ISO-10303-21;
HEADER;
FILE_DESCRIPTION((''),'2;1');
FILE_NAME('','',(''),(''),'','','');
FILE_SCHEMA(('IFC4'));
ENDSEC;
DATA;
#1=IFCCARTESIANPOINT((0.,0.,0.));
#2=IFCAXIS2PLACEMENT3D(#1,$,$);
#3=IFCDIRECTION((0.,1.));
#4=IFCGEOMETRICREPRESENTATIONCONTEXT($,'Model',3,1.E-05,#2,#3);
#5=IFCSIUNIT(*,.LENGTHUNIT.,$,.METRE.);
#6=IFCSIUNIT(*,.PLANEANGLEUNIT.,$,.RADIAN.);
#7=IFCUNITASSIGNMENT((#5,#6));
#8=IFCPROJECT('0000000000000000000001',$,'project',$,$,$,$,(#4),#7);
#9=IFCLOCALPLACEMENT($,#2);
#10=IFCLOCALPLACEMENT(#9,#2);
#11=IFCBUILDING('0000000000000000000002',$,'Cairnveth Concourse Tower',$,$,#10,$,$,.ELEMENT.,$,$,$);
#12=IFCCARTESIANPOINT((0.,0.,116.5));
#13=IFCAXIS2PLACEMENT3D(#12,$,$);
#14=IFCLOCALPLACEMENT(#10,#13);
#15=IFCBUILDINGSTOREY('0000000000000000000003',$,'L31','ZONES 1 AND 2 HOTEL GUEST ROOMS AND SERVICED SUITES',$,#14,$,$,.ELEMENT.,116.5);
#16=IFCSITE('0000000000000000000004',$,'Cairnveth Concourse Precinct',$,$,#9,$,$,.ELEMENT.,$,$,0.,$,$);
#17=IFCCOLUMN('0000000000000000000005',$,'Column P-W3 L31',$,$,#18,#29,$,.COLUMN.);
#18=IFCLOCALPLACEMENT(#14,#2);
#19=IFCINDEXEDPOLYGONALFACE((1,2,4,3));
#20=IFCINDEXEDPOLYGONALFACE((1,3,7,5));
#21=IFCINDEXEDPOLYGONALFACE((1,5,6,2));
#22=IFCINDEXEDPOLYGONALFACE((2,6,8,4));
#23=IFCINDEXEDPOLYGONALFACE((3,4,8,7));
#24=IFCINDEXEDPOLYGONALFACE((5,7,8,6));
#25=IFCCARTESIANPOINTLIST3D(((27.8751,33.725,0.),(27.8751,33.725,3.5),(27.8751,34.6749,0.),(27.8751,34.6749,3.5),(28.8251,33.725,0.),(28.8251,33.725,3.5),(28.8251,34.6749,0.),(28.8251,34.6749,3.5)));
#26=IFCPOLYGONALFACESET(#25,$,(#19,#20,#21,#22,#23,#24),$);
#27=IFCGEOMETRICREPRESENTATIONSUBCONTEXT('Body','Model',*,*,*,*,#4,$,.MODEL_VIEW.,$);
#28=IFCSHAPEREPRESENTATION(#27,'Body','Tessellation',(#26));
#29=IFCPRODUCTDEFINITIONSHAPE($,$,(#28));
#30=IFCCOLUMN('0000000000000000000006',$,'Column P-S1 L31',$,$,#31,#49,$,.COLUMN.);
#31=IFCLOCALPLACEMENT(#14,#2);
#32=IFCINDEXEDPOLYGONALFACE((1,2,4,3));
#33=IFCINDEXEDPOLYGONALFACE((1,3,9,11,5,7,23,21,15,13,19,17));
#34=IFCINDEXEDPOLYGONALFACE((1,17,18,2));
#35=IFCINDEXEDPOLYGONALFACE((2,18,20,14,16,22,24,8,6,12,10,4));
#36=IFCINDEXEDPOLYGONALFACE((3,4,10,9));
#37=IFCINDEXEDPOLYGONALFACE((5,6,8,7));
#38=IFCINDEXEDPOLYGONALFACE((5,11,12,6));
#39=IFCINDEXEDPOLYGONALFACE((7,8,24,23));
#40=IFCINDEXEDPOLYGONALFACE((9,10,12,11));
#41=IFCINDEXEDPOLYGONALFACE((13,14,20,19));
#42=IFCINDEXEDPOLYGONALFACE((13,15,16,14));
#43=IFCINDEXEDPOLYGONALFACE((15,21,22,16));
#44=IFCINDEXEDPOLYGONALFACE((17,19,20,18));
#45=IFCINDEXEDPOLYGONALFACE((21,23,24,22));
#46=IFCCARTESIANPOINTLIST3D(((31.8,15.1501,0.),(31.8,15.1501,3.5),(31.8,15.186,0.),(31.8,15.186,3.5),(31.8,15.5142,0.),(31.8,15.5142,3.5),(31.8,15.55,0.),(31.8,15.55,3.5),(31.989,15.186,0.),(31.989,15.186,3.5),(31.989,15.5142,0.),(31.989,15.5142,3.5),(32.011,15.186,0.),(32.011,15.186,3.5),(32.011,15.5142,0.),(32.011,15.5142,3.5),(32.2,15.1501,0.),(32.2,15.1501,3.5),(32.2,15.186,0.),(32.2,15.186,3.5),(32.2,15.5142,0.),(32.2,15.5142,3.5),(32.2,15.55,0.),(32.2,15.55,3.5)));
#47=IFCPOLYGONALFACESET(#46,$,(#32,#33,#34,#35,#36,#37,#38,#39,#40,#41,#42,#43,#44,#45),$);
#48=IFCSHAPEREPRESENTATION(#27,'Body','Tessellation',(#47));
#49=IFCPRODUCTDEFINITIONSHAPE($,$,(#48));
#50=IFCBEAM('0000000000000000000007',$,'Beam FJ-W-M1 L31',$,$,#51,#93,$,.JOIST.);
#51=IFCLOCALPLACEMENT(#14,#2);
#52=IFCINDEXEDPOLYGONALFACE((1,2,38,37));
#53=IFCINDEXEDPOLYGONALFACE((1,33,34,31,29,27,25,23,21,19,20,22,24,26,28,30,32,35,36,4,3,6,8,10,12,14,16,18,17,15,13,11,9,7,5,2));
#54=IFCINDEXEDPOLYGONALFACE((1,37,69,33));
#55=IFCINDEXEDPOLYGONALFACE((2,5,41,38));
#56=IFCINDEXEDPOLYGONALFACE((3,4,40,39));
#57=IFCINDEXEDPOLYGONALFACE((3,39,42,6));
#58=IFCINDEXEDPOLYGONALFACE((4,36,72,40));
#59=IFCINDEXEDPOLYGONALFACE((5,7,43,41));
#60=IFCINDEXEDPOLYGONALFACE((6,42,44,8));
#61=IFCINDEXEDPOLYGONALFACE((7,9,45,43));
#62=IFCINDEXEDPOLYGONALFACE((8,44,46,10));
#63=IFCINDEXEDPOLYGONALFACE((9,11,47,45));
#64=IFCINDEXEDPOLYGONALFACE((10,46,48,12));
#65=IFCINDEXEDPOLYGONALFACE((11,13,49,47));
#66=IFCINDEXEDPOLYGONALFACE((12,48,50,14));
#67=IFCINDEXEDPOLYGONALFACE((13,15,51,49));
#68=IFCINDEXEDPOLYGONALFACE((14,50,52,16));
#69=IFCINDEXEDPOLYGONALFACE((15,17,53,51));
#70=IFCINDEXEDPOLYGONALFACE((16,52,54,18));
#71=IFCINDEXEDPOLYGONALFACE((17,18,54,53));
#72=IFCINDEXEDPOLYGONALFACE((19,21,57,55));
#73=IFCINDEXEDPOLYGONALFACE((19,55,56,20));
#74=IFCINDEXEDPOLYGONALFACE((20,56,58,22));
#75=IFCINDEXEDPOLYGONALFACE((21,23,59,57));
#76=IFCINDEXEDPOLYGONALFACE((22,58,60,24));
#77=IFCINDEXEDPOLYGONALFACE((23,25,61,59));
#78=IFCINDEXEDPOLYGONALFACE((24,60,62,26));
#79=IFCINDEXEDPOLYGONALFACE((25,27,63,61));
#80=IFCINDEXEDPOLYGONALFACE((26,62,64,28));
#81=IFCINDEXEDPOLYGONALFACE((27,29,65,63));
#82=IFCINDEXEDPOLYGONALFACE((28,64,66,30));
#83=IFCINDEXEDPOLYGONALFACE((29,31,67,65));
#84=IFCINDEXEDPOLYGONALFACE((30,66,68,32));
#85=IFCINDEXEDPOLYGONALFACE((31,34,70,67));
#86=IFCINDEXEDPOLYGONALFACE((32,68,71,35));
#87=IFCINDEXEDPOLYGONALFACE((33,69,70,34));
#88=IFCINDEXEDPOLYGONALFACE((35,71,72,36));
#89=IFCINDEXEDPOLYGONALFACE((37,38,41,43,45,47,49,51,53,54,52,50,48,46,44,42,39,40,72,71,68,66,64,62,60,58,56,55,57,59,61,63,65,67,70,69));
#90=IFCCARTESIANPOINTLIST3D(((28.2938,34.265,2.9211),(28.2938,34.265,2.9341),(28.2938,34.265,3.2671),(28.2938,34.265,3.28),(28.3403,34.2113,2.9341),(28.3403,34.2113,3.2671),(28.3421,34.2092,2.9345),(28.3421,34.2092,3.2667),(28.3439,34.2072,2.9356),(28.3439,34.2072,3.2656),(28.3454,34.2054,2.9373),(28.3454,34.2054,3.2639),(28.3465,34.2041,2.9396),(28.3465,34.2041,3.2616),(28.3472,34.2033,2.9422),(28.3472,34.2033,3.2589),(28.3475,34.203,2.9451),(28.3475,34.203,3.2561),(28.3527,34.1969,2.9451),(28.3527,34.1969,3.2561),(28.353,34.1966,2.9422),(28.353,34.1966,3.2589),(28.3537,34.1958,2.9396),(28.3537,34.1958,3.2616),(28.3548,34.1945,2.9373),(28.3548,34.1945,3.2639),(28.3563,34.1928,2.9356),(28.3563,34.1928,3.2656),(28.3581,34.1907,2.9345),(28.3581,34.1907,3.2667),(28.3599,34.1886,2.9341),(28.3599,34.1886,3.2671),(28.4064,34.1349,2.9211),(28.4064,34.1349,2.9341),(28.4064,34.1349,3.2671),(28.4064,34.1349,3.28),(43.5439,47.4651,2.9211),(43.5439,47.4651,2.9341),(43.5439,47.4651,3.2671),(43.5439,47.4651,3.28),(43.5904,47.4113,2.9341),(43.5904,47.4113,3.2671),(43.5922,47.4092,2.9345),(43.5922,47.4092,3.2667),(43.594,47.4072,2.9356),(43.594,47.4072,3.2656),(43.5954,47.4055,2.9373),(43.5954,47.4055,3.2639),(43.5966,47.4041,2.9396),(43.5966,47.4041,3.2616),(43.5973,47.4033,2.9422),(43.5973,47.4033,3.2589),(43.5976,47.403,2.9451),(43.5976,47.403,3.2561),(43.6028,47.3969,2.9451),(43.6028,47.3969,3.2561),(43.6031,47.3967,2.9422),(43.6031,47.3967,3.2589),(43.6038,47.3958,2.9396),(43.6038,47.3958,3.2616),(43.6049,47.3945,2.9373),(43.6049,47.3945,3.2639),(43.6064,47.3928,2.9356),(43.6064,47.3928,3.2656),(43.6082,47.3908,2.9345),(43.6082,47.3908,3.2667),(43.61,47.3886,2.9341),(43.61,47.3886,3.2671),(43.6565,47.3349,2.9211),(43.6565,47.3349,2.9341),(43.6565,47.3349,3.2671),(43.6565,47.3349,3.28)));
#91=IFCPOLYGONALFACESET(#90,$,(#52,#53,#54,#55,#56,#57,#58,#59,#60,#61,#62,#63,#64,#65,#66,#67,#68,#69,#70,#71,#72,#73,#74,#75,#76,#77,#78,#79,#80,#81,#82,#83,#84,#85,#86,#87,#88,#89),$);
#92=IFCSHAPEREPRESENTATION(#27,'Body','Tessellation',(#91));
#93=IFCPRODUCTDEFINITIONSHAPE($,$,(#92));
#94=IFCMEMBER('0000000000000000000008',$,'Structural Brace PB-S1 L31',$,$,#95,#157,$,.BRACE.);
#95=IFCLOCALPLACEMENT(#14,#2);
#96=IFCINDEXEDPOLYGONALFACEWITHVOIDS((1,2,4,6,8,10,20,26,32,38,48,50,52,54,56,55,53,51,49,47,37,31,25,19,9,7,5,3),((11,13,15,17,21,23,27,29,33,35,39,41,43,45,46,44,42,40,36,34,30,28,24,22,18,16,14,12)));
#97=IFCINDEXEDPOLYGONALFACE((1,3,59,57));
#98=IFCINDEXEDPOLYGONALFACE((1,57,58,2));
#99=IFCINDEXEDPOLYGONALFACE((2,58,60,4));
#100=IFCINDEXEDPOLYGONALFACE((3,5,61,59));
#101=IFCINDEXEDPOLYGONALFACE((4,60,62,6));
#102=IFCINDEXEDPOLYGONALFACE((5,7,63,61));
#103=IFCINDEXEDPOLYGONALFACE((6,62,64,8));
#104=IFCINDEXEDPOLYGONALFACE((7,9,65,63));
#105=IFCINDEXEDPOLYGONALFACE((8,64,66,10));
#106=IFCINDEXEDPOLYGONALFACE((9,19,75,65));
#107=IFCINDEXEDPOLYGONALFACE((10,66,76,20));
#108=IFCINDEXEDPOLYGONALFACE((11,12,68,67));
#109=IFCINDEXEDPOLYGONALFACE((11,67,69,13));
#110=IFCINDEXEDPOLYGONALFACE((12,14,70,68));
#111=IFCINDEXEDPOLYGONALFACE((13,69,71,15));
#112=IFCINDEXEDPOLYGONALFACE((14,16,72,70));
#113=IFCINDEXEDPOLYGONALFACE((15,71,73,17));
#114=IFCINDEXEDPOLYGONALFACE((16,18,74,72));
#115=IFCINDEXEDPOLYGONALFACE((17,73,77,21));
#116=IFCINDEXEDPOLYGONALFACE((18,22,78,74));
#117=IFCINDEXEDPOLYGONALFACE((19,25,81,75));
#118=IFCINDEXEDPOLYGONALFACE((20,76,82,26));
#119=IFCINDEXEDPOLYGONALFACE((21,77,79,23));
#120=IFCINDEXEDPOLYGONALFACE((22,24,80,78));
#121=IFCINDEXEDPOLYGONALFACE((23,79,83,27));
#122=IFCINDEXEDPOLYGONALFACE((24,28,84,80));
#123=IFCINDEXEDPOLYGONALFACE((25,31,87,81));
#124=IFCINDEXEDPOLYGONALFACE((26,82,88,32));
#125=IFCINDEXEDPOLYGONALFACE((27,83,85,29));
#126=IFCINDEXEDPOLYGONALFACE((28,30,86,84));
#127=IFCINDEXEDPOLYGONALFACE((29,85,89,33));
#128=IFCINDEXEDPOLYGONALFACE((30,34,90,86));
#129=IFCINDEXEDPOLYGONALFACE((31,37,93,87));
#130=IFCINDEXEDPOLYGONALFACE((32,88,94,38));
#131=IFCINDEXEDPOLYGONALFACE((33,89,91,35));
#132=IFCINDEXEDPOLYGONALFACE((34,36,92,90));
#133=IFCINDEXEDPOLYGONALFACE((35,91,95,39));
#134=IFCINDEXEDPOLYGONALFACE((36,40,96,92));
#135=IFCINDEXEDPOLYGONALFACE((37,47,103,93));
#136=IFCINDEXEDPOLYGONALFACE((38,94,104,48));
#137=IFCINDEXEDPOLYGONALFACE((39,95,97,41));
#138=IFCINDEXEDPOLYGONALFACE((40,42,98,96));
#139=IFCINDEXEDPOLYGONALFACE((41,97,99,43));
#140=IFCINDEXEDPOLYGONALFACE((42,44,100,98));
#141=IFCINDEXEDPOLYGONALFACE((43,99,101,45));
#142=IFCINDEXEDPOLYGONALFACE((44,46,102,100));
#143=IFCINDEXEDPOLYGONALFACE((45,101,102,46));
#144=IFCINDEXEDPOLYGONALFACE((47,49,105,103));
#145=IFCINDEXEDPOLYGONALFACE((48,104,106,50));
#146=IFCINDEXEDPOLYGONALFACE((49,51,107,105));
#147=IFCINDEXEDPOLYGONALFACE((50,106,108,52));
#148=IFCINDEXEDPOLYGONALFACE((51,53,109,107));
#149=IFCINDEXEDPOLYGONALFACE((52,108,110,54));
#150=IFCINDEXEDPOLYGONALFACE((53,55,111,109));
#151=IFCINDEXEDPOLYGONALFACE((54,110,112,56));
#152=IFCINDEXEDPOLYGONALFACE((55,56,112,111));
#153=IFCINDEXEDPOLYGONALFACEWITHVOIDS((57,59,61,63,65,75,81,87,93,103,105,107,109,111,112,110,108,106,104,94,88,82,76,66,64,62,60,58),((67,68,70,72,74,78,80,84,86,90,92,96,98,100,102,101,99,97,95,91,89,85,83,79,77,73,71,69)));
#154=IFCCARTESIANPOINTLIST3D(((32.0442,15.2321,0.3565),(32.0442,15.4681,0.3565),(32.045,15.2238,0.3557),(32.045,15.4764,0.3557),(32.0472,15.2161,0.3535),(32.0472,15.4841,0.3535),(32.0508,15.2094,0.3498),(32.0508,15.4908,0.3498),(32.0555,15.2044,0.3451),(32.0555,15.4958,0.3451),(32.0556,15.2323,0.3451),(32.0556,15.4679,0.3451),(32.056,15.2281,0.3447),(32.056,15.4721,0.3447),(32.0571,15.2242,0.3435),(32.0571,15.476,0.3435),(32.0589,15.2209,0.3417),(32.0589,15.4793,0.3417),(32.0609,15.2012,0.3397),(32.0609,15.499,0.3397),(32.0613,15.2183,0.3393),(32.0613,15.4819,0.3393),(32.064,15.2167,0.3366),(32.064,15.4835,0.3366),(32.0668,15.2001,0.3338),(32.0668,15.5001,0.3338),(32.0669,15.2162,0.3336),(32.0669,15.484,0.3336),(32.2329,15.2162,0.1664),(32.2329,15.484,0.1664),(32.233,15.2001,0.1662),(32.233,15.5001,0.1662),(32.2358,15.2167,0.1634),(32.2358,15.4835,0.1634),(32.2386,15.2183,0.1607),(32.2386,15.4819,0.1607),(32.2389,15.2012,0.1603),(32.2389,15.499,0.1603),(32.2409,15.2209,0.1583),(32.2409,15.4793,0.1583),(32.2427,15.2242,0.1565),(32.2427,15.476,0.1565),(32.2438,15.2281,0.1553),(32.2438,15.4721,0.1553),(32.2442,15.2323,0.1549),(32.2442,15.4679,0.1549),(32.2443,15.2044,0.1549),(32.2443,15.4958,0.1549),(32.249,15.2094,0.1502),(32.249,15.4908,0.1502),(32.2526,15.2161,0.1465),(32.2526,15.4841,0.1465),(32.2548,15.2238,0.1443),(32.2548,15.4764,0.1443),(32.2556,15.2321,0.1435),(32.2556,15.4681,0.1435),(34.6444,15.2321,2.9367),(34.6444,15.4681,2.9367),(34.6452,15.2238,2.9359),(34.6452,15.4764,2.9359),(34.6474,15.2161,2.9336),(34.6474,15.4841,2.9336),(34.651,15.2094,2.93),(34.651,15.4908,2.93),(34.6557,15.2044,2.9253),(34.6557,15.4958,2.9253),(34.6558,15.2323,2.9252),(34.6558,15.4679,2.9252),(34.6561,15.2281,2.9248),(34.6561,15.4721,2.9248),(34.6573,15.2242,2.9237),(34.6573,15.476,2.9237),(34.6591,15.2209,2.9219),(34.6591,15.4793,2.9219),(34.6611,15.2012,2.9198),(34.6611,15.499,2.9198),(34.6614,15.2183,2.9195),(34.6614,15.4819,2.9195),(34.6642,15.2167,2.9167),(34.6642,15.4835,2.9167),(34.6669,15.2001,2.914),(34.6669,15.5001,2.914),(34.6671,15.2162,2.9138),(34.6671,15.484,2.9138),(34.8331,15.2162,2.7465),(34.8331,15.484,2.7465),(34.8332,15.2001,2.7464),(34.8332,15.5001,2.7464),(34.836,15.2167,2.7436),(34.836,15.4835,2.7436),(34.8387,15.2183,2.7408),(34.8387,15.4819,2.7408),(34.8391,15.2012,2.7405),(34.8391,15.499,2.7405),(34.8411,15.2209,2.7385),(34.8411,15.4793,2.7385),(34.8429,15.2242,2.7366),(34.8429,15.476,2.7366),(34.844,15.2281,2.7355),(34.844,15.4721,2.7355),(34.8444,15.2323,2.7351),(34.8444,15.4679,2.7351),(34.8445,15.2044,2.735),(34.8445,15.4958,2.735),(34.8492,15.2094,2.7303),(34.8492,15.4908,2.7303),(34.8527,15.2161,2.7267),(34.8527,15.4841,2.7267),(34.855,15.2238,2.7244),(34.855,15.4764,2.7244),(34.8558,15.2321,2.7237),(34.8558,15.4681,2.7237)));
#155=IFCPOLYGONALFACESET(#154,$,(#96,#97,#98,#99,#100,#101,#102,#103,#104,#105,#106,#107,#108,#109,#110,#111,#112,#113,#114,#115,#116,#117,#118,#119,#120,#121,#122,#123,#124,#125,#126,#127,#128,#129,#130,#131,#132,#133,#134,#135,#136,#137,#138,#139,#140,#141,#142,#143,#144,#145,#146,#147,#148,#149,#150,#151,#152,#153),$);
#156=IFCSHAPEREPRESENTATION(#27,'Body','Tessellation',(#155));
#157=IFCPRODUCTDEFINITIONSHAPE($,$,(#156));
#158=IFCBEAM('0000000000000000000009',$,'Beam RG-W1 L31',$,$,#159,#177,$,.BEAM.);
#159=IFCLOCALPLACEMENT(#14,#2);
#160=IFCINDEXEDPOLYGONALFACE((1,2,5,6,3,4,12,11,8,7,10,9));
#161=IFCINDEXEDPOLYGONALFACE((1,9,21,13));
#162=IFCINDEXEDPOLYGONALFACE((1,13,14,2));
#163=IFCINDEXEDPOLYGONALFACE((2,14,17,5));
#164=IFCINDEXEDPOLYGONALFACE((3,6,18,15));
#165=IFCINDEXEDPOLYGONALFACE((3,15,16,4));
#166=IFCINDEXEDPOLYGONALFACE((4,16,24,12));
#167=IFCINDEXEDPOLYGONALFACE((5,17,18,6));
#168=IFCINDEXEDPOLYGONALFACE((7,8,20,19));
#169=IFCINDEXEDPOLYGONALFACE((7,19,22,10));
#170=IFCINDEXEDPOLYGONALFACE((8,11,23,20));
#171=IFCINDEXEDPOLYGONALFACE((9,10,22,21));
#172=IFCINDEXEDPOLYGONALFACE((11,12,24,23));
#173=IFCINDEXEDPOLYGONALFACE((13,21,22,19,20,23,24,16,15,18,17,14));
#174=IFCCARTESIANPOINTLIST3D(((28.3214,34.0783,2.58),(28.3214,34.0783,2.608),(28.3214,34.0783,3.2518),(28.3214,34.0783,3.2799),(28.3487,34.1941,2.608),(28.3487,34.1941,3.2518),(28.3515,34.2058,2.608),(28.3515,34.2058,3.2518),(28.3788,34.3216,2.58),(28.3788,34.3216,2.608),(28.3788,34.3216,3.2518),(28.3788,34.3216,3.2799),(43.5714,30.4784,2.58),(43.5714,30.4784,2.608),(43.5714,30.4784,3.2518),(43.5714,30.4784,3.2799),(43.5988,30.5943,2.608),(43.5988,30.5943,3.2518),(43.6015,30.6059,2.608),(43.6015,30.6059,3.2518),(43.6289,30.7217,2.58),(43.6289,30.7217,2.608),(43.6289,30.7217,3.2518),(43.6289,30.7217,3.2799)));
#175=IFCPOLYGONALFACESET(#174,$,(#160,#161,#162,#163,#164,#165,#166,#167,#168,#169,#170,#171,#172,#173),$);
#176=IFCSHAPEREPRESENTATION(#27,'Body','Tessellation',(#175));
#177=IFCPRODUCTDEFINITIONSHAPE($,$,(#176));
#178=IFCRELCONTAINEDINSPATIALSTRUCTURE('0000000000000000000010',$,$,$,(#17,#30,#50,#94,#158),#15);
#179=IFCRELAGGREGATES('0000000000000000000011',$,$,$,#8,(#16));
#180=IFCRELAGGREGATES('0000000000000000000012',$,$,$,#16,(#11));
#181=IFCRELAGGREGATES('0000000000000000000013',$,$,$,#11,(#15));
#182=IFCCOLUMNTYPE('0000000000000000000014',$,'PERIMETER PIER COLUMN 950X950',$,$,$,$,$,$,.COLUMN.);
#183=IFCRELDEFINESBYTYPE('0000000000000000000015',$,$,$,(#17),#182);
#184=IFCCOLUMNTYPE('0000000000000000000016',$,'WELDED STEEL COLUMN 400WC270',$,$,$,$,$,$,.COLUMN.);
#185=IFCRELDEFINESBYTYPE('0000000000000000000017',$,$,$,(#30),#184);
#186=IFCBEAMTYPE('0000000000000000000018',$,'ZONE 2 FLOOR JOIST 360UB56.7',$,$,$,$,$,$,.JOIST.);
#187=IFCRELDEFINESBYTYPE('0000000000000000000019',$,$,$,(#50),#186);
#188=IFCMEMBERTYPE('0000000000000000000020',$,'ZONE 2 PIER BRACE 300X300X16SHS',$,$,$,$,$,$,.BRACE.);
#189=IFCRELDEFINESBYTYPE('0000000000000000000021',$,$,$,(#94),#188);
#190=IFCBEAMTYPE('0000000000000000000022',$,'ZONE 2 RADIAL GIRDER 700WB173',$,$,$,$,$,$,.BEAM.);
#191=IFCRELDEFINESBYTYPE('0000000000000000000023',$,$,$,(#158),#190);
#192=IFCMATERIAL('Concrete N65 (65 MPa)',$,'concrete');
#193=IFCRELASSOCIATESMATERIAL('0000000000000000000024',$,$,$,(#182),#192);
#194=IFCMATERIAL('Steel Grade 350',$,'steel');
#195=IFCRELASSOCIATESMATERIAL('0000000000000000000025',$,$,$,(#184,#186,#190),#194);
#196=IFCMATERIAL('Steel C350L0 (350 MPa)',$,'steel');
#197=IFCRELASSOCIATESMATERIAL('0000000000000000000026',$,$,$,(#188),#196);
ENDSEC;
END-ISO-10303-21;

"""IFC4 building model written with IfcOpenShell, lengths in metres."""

from ifc_helpers import new_model, si_unit, direction, frame, origin, origin_2d, place, context, subcontext, project, spatial, rectangle, hollow_rectangle, i_section, extrude, material, material_profile, profile_set, type_object, element, save


model = new_model("IFC4")

# Units and contexts
model_context = context("Model", 3, precision=1e-05, world=origin(), true_north=direction((0.0, 1.0)))
body_context = subcontext(model_context, "Body", "Model", "MODEL_VIEW")
ifc_project = project(units=[si_unit("LENGTHUNIT", "METRE"), si_unit("PLANEANGLEUNIT", "RADIAN")], contexts=[model_context])

# Site, building, storey
site_placement = place(None, origin())
site = spatial("IfcSite", under=ifc_project, at=site_placement, Name="Cairnveth Concourse Precinct", CompositionType="ELEMENT", RefElevation=0.0)
building_placement = place(site_placement, origin())
building = spatial("IfcBuilding", under=site, at=building_placement, Name="Cairnveth Concourse Tower", CompositionType="ELEMENT")
storey_placement = place(building_placement, frame((0.0, 0.0, 116.5)))
storey = spatial("IfcBuildingStorey", under=building, at=storey_placement, Name="L31", Description="ZONES 1 AND 2 HOTEL GUEST ROOMS AND SERVICED SUITES", CompositionType="ELEMENT", Elevation=116.5)

# Columns
ifc_material_1 = material(Name="Concrete N65 (65 MPa)", Category="concrete")
ifc_material_profile_1 = material_profile(ifc_material_1, rectangle(XDim=0.95, YDim=0.95, at=origin_2d()), Name="RC-COL-950x950")
ifc_profile_set_1 = profile_set([ifc_material_profile_1], Name="Concrete N65 (65 MPa)")
column_type_1 = type_object("IfcColumnType", Name="PERIMETER PIER COLUMN 950X950", PredefinedType="COLUMN", material=ifc_profile_set_1)
column_1_placement = place(storey_placement, frame((28.3501, 34.2, 0.0), z_axis=(0.0, 0.0, 1.0), x_axis=(0.0, 1.0, 0.0)))
element("IfcColumn", 1, at=column_1_placement, inside=storey, type_object=column_type_1, Name="Column P-W3 L31", PredefinedType="COLUMN", context=body_context, shape_type="SweptSolid", body=[
    extrude(rectangle(XDim=0.95, YDim=0.95, at=origin_2d()), origin(), (0.0, 0.0, 1.0), 3.5),
])
ifc_material_2 = material(Name="Steel Grade 350", Category="steel")
ifc_material_profile_2 = material_profile(ifc_material_2, i_section(OverallWidth=0.3999, OverallDepth=0.3999, WebThickness=0.022, FlangeThickness=0.0359, at=origin_2d()), Name="400WC270")
ifc_profile_set_2 = profile_set([ifc_material_profile_2], Name="Steel Grade 350")
column_type_2 = type_object("IfcColumnType", Name="WELDED STEEL COLUMN 400WC270", PredefinedType="COLUMN", material=ifc_profile_set_2)
column_2_placement = place(storey_placement, frame((32.0, 15.3501, 0.0), z_axis=(0.0, 0.0, 1.0), x_axis=(1.0, 0.0, 0.0)))
element("IfcColumn", 2, at=column_2_placement, inside=storey, type_object=column_type_2, Name="Column P-S1 L31", PredefinedType="COLUMN", context=body_context, shape_type="SweptSolid", body=[
    extrude(i_section(OverallWidth=0.3999, OverallDepth=0.3999, WebThickness=0.022, FlangeThickness=0.0359, at=origin_2d()), origin(), (0.0, 0.0, 1.0), 3.5),
])

# Beam
ifc_material_profile_3 = material_profile(ifc_material_2, i_section(OverallWidth=0.1721, OverallDepth=0.3589, WebThickness=0.0081, FlangeThickness=0.0129, FilletRadius=0.011, at=origin_2d()), Name="360UB56.7")
ifc_profile_set_3 = profile_set([ifc_material_profile_3], Name="Steel Grade 350")
beam_type_1 = type_object("IfcBeamType", Name="ZONE 2 FLOOR JOIST 360UB56.7", PredefinedType="JOIST", material=ifc_profile_set_3)
beam_1_placement = place(storey_placement, frame((28.3501, 34.2, 3.1006), z_axis=(0.756099, 0.654457, 0.0), x_axis=(-0.654457, 0.756099, 0.0)))
element("IfcBeam", 3, at=beam_1_placement, inside=storey, type_object=beam_type_1, Name="Beam FJ-W-M1 L31", PredefinedType="JOIST", context=body_context, shape_type="SweptSolid", body=[
    extrude(i_section(OverallWidth=0.1721, OverallDepth=0.3589, WebThickness=0.0081, FlangeThickness=0.0129, FilletRadius=0.011, at=origin_2d()), origin(), (0.0, 0.0, 1.0), 20.1694),
])

# Member
ifc_material_3 = material(Name="Steel C350L0 (350 MPa)", Category="steel")
ifc_material_profile_4 = material_profile(ifc_material_3, hollow_rectangle(XDim=0.3, YDim=0.3, WallThickness=0.0161, InnerFilletRadius=0.0161, OuterFilletRadius=0.032, at=origin_2d()), Name="300x300x16.0SHS")
ifc_profile_set_4 = profile_set([ifc_material_profile_4], Name="Steel C350L0 (350 MPa)")
member_type = type_object("IfcMemberType", Name="ZONE 2 PIER BRACE 300X300X16SHS", PredefinedType="BRACE", material=ifc_profile_set_4)
member_placement = place(storey_placement, frame((32.1499, 15.3501, 0.25), z_axis=(0.709834, 0.0, 0.704369), x_axis=(0.0, 1.0, 0.0)))
element("IfcMember", 4, at=member_placement, inside=storey, type_object=member_type, Name="Structural Brace PB-S1 L31", PredefinedType="BRACE", context=body_context, shape_type="SweptSolid", body=[
    extrude(hollow_rectangle(XDim=0.3, YDim=0.3, WallThickness=0.0161, InnerFilletRadius=0.0161, OuterFilletRadius=0.032, at=origin_2d()), origin(), (0.0, 0.0, 1.0), 3.6631),
])

# Beam
ifc_material_profile_5 = material_profile(ifc_material_2, i_section(OverallWidth=0.25, OverallDepth=0.7, WebThickness=0.012, FlangeThickness=0.0281, at=origin_2d()), Name="700WB173")
ifc_profile_set_5 = profile_set([ifc_material_profile_5], Name="Steel Grade 350")
beam_type_2 = type_object("IfcBeamType", Name="ZONE 2 RADIAL GIRDER 700WB173", PredefinedType="BEAM", material=ifc_profile_set_5)
beam_2_placement = place(storey_placement, frame((28.3501, 34.2, 2.9299), z_axis=(0.973252, -0.229742, 0.0), x_axis=(0.229742, 0.973252, 0.0)))
element("IfcBeam", 5, at=beam_2_placement, inside=storey, type_object=beam_type_2, Name="Beam RG-W1 L31", PredefinedType="BEAM", context=body_context, shape_type="SweptSolid", body=[
    extrude(i_section(OverallWidth=0.25, OverallDepth=0.7, WebThickness=0.012, FlangeThickness=0.0281, at=origin_2d()), origin(), (0.0, 0.0, 1.0), 15.6692),
])

save(model, "model.ifc")
